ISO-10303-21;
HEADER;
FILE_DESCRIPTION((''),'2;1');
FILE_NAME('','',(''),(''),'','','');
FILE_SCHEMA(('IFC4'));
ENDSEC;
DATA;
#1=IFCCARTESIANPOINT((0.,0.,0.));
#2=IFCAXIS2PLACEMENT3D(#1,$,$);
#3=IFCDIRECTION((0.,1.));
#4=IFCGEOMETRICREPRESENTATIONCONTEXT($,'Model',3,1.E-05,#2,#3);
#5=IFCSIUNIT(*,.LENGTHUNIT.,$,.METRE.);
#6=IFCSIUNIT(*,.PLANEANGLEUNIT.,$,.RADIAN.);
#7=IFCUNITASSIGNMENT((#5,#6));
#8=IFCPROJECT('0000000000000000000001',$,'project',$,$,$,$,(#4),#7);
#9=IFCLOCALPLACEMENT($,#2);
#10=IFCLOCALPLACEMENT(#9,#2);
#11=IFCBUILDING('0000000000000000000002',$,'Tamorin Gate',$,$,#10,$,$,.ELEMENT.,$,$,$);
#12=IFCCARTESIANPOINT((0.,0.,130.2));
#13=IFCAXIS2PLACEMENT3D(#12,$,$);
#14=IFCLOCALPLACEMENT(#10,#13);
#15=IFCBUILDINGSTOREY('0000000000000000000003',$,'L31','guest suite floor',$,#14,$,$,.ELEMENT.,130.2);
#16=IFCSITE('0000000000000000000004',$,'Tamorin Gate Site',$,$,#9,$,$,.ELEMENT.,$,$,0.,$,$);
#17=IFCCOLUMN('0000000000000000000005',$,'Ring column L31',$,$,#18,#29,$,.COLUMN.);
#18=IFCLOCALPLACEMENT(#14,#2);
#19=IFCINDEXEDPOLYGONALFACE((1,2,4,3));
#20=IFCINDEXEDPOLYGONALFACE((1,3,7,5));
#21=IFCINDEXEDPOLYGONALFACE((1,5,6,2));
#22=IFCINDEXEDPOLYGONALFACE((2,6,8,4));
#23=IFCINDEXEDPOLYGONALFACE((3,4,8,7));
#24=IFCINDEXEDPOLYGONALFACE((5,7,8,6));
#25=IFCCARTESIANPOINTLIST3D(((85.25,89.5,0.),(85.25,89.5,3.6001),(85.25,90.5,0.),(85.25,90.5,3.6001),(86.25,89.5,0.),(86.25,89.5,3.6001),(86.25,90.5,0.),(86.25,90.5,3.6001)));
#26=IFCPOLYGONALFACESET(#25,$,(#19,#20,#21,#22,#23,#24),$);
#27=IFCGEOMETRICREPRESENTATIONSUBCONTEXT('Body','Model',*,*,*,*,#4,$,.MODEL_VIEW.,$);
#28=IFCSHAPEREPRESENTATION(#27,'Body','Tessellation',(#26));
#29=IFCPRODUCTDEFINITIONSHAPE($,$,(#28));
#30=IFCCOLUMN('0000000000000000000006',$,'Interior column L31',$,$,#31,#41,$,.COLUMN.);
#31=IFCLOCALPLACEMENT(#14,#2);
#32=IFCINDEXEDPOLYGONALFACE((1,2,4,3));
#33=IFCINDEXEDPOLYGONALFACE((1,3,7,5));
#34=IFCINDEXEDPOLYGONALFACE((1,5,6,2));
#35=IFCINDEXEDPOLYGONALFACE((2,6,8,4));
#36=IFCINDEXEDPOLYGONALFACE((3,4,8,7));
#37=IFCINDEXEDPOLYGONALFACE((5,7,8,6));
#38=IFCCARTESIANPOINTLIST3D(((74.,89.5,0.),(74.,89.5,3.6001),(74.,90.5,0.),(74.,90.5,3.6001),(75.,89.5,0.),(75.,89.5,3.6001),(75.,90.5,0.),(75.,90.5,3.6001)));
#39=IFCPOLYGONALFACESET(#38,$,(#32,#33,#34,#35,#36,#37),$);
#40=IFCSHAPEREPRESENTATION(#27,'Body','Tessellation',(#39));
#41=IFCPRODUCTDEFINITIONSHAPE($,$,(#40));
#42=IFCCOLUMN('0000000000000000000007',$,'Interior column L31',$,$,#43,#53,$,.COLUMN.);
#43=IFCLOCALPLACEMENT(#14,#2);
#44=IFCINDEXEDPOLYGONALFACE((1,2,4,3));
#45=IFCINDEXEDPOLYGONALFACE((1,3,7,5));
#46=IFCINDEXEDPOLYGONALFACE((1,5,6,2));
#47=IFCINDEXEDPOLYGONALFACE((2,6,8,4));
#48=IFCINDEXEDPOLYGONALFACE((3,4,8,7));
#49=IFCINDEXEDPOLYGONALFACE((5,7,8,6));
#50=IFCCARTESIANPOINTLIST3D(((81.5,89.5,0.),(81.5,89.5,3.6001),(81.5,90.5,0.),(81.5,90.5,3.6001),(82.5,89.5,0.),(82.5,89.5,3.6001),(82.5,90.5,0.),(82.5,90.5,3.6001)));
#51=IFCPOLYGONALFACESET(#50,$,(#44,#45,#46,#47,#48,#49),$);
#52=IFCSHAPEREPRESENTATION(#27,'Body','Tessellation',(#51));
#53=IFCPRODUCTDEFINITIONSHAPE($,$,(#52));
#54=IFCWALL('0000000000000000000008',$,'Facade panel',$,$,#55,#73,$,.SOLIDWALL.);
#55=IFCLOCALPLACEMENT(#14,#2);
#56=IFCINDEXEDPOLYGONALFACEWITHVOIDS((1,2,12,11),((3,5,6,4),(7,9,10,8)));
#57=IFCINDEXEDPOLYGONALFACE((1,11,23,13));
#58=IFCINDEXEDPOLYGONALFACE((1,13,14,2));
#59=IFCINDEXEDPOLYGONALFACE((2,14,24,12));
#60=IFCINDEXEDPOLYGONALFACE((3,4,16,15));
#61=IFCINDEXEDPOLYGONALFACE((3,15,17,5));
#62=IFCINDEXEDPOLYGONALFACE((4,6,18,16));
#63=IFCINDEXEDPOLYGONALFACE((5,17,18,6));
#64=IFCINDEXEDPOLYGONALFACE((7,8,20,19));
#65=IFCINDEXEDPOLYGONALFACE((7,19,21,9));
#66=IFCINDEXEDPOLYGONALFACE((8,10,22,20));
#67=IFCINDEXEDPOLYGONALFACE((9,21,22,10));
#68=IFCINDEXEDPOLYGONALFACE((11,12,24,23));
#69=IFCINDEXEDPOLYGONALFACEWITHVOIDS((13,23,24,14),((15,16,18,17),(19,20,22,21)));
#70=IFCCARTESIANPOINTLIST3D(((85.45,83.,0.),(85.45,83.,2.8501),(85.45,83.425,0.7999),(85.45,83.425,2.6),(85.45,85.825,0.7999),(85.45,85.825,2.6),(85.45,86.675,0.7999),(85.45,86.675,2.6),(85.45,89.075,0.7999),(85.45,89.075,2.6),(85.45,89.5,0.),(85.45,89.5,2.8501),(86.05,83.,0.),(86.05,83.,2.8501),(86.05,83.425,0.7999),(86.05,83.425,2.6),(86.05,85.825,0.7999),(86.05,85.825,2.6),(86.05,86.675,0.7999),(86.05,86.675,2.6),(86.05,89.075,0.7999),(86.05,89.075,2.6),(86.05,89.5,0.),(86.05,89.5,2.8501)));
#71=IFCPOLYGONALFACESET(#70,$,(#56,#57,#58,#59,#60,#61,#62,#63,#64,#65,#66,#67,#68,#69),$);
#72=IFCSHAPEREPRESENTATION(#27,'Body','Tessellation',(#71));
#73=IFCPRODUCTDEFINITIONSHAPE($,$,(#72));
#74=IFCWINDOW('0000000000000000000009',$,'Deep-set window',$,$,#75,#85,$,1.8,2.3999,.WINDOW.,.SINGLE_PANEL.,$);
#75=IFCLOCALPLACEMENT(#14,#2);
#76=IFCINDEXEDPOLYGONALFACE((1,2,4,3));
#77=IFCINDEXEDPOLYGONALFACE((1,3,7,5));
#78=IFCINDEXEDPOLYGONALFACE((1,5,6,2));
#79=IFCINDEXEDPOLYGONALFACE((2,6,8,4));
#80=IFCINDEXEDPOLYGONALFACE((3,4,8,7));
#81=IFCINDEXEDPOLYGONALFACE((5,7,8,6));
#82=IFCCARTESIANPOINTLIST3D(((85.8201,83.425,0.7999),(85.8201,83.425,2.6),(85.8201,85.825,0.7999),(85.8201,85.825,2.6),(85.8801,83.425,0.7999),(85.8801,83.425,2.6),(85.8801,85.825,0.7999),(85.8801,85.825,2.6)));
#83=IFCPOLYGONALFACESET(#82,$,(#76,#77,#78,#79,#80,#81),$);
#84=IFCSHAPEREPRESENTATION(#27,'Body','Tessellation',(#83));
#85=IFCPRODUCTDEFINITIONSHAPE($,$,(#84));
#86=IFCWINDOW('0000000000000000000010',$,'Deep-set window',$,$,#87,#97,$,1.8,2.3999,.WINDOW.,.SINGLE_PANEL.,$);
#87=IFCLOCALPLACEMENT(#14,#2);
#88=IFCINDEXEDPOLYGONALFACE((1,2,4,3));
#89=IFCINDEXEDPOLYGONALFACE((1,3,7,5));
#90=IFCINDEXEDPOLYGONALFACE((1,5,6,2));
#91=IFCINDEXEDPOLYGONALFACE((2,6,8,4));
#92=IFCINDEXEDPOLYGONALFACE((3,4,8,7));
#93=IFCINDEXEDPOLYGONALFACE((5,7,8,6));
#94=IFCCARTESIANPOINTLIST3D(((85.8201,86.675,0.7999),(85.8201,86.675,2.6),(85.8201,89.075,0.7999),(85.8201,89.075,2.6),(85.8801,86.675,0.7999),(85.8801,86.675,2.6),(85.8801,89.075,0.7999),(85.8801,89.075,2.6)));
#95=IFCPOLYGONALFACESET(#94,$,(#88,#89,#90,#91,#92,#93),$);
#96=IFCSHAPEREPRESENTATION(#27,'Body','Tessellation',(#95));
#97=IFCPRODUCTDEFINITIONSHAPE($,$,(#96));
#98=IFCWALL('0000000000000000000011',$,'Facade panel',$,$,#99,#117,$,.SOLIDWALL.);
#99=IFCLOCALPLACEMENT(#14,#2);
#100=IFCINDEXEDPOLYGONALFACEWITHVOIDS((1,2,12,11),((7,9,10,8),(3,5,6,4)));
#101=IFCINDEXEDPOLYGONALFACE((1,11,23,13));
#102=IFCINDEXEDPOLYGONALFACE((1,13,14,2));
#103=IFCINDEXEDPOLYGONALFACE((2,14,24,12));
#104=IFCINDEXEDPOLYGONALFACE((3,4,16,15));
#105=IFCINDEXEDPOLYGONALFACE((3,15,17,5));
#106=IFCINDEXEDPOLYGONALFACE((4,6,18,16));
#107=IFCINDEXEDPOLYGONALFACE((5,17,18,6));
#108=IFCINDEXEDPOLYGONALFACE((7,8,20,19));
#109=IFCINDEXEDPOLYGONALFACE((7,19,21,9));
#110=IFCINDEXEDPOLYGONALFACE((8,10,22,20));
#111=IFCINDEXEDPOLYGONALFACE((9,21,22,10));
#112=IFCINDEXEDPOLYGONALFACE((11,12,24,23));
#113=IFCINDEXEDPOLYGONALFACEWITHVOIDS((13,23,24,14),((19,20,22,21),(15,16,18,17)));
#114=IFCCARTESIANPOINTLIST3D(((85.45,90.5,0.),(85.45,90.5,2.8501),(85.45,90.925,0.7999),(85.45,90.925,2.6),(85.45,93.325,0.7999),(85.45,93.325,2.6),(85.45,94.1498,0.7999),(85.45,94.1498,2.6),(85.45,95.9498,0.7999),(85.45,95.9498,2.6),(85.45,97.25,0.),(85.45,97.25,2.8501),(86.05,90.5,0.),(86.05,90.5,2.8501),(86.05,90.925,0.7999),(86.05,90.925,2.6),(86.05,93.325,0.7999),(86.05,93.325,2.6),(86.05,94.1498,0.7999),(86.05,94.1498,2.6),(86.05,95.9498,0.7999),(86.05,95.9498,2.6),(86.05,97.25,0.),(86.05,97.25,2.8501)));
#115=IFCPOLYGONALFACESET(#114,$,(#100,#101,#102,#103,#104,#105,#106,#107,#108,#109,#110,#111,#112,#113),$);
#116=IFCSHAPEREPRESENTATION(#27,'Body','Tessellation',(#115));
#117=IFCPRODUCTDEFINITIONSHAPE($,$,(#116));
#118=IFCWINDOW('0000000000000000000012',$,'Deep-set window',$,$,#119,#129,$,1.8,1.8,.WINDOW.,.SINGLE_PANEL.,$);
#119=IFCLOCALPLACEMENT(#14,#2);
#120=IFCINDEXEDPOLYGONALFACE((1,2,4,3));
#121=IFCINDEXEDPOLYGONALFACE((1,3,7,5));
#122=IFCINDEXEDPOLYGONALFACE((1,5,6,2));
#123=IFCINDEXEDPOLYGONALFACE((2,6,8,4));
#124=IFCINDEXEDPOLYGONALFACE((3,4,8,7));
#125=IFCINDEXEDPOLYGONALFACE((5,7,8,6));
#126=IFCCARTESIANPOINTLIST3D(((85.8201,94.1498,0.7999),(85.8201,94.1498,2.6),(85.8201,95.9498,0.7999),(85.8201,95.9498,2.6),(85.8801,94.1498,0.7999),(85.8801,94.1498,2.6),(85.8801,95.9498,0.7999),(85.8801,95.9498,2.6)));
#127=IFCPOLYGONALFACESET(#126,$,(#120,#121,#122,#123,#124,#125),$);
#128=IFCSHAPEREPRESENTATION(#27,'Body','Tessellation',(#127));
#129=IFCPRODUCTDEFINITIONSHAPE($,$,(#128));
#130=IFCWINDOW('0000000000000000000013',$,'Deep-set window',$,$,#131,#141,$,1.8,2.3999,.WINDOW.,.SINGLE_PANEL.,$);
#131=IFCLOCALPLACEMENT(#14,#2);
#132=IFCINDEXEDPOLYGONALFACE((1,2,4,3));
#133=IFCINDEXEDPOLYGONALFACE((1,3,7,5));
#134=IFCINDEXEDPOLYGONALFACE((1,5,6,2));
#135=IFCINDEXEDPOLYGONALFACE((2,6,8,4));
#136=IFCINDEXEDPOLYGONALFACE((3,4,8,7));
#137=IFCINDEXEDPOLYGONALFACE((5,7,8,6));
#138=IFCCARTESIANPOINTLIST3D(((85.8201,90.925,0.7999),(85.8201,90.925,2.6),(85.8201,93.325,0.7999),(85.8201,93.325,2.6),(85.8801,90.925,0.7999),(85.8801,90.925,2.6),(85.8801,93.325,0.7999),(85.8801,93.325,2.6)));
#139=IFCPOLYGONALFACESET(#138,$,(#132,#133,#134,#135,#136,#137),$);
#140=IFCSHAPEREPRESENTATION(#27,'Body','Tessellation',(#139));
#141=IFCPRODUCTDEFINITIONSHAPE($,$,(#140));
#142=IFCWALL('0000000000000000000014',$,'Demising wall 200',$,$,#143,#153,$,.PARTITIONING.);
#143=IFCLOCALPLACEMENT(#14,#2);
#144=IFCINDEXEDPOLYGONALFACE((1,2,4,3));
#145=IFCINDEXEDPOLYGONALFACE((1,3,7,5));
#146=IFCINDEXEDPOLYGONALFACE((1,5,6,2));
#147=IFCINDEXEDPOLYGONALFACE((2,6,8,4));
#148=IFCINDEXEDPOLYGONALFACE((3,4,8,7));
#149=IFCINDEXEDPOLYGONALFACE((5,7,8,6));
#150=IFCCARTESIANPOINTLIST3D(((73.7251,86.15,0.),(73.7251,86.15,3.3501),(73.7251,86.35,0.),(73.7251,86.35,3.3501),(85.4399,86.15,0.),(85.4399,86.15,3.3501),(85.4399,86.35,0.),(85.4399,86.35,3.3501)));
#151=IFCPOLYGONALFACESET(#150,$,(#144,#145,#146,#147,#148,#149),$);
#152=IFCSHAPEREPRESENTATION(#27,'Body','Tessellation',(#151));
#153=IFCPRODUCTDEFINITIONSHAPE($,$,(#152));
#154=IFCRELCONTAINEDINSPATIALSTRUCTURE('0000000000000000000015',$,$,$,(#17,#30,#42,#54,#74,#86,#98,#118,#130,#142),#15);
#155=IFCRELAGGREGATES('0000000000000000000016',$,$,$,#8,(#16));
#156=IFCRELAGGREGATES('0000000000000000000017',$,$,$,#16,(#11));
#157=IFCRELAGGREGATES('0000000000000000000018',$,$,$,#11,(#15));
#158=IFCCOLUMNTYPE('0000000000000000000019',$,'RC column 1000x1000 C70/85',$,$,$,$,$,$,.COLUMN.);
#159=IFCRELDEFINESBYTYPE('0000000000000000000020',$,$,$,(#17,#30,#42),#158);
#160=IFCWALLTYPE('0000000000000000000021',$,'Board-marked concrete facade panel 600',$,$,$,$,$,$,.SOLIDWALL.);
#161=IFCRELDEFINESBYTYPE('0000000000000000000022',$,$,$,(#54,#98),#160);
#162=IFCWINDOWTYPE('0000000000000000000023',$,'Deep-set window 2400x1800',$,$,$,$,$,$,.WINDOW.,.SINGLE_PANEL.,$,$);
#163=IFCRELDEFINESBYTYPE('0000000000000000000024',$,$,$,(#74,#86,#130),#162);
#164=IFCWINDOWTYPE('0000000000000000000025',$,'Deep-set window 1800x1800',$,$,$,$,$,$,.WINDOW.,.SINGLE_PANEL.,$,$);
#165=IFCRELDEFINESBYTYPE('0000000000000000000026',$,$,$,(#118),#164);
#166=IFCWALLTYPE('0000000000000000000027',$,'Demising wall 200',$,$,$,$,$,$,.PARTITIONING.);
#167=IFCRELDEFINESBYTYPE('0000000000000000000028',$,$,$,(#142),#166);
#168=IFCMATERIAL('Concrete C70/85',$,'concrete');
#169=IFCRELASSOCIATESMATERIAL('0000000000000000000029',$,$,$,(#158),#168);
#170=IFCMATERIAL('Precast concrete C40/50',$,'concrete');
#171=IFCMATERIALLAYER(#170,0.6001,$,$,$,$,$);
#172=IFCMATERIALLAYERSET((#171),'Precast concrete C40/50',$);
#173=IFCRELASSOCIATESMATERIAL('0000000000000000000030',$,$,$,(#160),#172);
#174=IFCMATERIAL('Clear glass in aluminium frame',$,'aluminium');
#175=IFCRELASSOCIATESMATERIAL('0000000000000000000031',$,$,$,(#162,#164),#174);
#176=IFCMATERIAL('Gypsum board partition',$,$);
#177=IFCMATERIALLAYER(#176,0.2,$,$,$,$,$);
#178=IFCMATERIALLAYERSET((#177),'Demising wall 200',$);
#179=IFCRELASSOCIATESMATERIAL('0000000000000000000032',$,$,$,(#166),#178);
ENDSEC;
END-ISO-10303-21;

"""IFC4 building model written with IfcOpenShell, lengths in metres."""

from ifc_helpers import new_model, si_unit, direction, frame, frame_2d, origin, origin_2d, place, context, subcontext, project, spatial, rectangle, extrude, material, layer, layer_set, material_profile, profile_set, type_object, element, fill, save


model = new_model("IFC4")

# Units and contexts
model_context = context("Model", 3, precision=1e-05, world=origin(), true_north=direction((0.0, 1.0)))
body_context = subcontext(model_context, "Body", "Model", "MODEL_VIEW")
ifc_project = project(units=[si_unit("LENGTHUNIT", "METRE"), si_unit("PLANEANGLEUNIT", "RADIAN")], contexts=[model_context])

# Site, building, storey
site_placement = place(None, origin())
site = spatial("IfcSite", under=ifc_project, at=site_placement, Name="Tamorin Gate Site", CompositionType="ELEMENT", RefElevation=0.0)
building_placement = place(site_placement, origin())
building = spatial("IfcBuilding", under=site, at=building_placement, Name="Tamorin Gate", CompositionType="ELEMENT")
storey_placement = place(building_placement, frame((0.0, 0.0, 130.2)))
storey = spatial("IfcBuildingStorey", under=building, at=storey_placement, Name="L31", Description="guest suite floor", CompositionType="ELEMENT", Elevation=130.2)

# Columns
ifc_material_1 = material(Name="Concrete C70/85", Category="concrete")
ifc_material_profile = material_profile(ifc_material_1, rectangle(XDim=1.0, YDim=1.0, at=origin_2d()), Name="RC 1000x1000")
ifc_profile_set = profile_set([ifc_material_profile], Name="Concrete C70/85")
column_type = type_object("IfcColumnType", Name="RC column 1000x1000 C70/85", PredefinedType="COLUMN", material=ifc_profile_set)
for number, where, z_axis, x_axis, name in (
    (1, (85.75, 90.0, 0.0), (0.0, 0.0, 1.0), (1.0, 0.0, 0.0), "Ring column L31"),
    (2, (74.5, 90.0, 0.0), (0.0, 0.0, 1.0), (1.0, 0.0, 0.0), "Interior column L31"),
    (3, (82.0, 90.0, 0.0), (0.0, 0.0, 1.0), (1.0, 0.0, 0.0), "Interior column L31"),
):
    element("IfcColumn", number, at=place(storey_placement, frame(where, z_axis=z_axis, x_axis=x_axis)), inside=storey, type_object=column_type, Name=name, PredefinedType="COLUMN", context=body_context, shape_type="SweptSolid", body=[
        extrude(rectangle(XDim=1.0, YDim=1.0, at=origin_2d()), origin(), (0.0, 0.0, 1.0), 3.6001),
    ])

# Walls, openings, windows
ifc_material_2 = material(Name="Precast concrete C40/50", Category="concrete")
ifc_layer_1 = layer(ifc_material_2, 0.6001)
ifc_layer_set_1 = layer_set([ifc_layer_1], Name="Precast concrete C40/50")
wall_type_1 = type_object("IfcWallType", Name="Board-marked concrete facade panel 600", PredefinedType="SOLIDWALL", material=ifc_layer_set_1)
wall_1_placement = place(storey_placement, frame((85.75, 83.0, 0.0), z_axis=(0.0, 0.0, 1.0), x_axis=(0.0, 1.0, 0.0)))
wall_1 = element("IfcWall", 4, at=wall_1_placement, inside=storey, type_object=wall_type_1, Name="Facade panel", PredefinedType="SOLIDWALL", context=body_context, shape_type="SweptSolid", body=[
    extrude(rectangle(XDim=6.5, YDim=0.6001, at=frame_2d((3.25, 0.0))), origin(), (0.0, 0.0, 1.0), 2.8501),
])
opening_1_placement = place(wall_1_placement, frame((0.425, 0.0, 0.8)))
opening_1 = element("IfcOpeningElement", 5, at=opening_1_placement, cuts=wall_1, PredefinedType="OPENING", context=body_context, shape_type="SweptSolid", body=[
    extrude(rectangle(XDim=2.3999, YDim=1.8, at=frame_2d((1.2, 0.8999))), frame((0.0, 0.3101, 0.0), z_axis=(0.0, -1.0, 0.0), x_axis=(1.0, 0.0, 0.0)), (0.0, 0.0, 1.0), 0.6201),
])
opening_2_placement = place(wall_1_placement, frame((3.675, 0.0, 0.8)))
opening_2 = element("IfcOpeningElement", 6, at=opening_2_placement, cuts=wall_1, PredefinedType="OPENING", context=body_context, shape_type="SweptSolid", body=[
    extrude(rectangle(XDim=2.3999, YDim=1.8, at=frame_2d((1.2, 0.8999))), frame((0.0, 0.3101, 0.0), z_axis=(0.0, -1.0, 0.0), x_axis=(1.0, 0.0, 0.0)), (0.0, 0.0, 1.0), 0.6201),
])
ifc_material_3 = material(Name="Clear glass in aluminium frame", Category="aluminium")
window_type_1 = type_object("IfcWindowType", Name="Deep-set window 2400x1800", PartitioningType="SINGLE_PANEL", PredefinedType="WINDOW", material=ifc_material_3)
window_1_placement = place(opening_1_placement, origin())
window_1 = element("IfcWindow", 7, at=window_1_placement, inside=storey, type_object=window_type_1, Name="Deep-set window", OverallHeight=1.8, OverallWidth=2.3999, PartitioningType="SINGLE_PANEL", PredefinedType="WINDOW", context=body_context, shape_type="SweptSolid", body=[
    extrude(rectangle(XDim=2.3999, YDim=1.8, at=frame_2d((1.2, 0.8999))), frame((0.0, -0.0701, 0.0), z_axis=(0.0, -1.0, 0.0), x_axis=(1.0, 0.0, 0.0)), (0.0, 0.0, 1.0), 0.0601),
])
fill(opening_1, window_1)
window_2_placement = place(opening_2_placement, origin())
window_2 = element("IfcWindow", 8, at=window_2_placement, inside=storey, type_object=window_type_1, Name="Deep-set window", OverallHeight=1.8, OverallWidth=2.3999, PartitioningType="SINGLE_PANEL", PredefinedType="WINDOW", context=body_context, shape_type="SweptSolid", body=[
    extrude(rectangle(XDim=2.3999, YDim=1.8, at=frame_2d((1.2, 0.8999))), frame((0.0, -0.0701, 0.0), z_axis=(0.0, -1.0, 0.0), x_axis=(1.0, 0.0, 0.0)), (0.0, 0.0, 1.0), 0.0601),
])
fill(opening_2, window_2)
wall_2_placement = place(storey_placement, frame((85.75, 90.5, 0.0), z_axis=(0.0, 0.0, 1.0), x_axis=(0.0, 1.0, 0.0)))
wall_2 = element("IfcWall", 9, at=wall_2_placement, inside=storey, type_object=wall_type_1, Name="Facade panel", PredefinedType="SOLIDWALL", context=body_context, shape_type="SweptSolid", body=[
    extrude(rectangle(XDim=6.75, YDim=0.6001, at=frame_2d((3.375, 0.0))), origin(), (0.0, 0.0, 1.0), 2.8501),
])
opening_3_placement = place(wall_2_placement, frame((0.425, 0.0, 0.8)))
opening_3 = element("IfcOpeningElement", 10, at=opening_3_placement, cuts=wall_2, PredefinedType="OPENING", context=body_context, shape_type="SweptSolid", body=[
    extrude(rectangle(XDim=2.3999, YDim=1.8, at=frame_2d((1.2, 0.8999))), frame((0.0, 0.3101, 0.0), z_axis=(0.0, -1.0, 0.0), x_axis=(1.0, 0.0, 0.0)), (0.0, 0.0, 1.0), 0.6201),
])
opening_4_placement = place(wall_2_placement, frame((3.6499, 0.0, 0.8)))
opening_4 = element("IfcOpeningElement", 11, at=opening_4_placement, cuts=wall_2, PredefinedType="OPENING", context=body_context, shape_type="SweptSolid", body=[
    extrude(rectangle(XDim=1.8, YDim=1.8, at=frame_2d((0.8999, 0.8999))), frame((0.0, 0.3101, 0.0), z_axis=(0.0, -1.0, 0.0), x_axis=(1.0, 0.0, 0.0)), (0.0, 0.0, 1.0), 0.6201),
])
window_type_2 = type_object("IfcWindowType", Name="Deep-set window 1800x1800", PartitioningType="SINGLE_PANEL", PredefinedType="WINDOW", material=ifc_material_3)
window_3_placement = place(opening_4_placement, origin())
window_3 = element("IfcWindow", 12, at=window_3_placement, inside=storey, type_object=window_type_2, Name="Deep-set window", OverallHeight=1.8, OverallWidth=1.8, PartitioningType="SINGLE_PANEL", PredefinedType="WINDOW", context=body_context, shape_type="SweptSolid", body=[
    extrude(rectangle(XDim=1.8, YDim=1.8, at=frame_2d((0.8999, 0.8999))), frame((0.0, -0.0701, 0.0), z_axis=(0.0, -1.0, 0.0), x_axis=(1.0, 0.0, 0.0)), (0.0, 0.0, 1.0), 0.0601),
])
fill(opening_4, window_3)
window_4_placement = place(opening_3_placement, origin())
window_4 = element("IfcWindow", 13, at=window_4_placement, inside=storey, type_object=window_type_1, Name="Deep-set window", OverallHeight=1.8, OverallWidth=2.3999, PartitioningType="SINGLE_PANEL", PredefinedType="WINDOW", context=body_context, shape_type="SweptSolid", body=[
    extrude(rectangle(XDim=2.3999, YDim=1.8, at=frame_2d((1.2, 0.8999))), frame((0.0, -0.0701, 0.0), z_axis=(0.0, -1.0, 0.0), x_axis=(1.0, 0.0, 0.0)), (0.0, 0.0, 1.0), 0.0601),
])
fill(opening_3, window_4)

# Wall
ifc_material_4 = material(Name="Gypsum board partition")
ifc_layer_2 = layer(ifc_material_4, 0.2)
ifc_layer_set_2 = layer_set([ifc_layer_2], Name="Demising wall 200")
wall_type_2 = type_object("IfcWallType", Name="Demising wall 200", PredefinedType="PARTITIONING", material=ifc_layer_set_2)
wall_3_placement = place(storey_placement, frame((73.7251, 86.25, 0.0), z_axis=(0.0, 0.0, 1.0), x_axis=(1.0, 0.0, 0.0)))
element("IfcWall", 14, at=wall_3_placement, inside=storey, type_object=wall_type_2, Name="Demising wall 200", PredefinedType="PARTITIONING", context=body_context, shape_type="SweptSolid", body=[
    extrude(rectangle(XDim=11.7148, YDim=0.2, at=frame_2d((5.8574, 0.0))), origin(), (0.0, 0.0, 1.0), 3.3501),
])

save(model, "model.ifc")
